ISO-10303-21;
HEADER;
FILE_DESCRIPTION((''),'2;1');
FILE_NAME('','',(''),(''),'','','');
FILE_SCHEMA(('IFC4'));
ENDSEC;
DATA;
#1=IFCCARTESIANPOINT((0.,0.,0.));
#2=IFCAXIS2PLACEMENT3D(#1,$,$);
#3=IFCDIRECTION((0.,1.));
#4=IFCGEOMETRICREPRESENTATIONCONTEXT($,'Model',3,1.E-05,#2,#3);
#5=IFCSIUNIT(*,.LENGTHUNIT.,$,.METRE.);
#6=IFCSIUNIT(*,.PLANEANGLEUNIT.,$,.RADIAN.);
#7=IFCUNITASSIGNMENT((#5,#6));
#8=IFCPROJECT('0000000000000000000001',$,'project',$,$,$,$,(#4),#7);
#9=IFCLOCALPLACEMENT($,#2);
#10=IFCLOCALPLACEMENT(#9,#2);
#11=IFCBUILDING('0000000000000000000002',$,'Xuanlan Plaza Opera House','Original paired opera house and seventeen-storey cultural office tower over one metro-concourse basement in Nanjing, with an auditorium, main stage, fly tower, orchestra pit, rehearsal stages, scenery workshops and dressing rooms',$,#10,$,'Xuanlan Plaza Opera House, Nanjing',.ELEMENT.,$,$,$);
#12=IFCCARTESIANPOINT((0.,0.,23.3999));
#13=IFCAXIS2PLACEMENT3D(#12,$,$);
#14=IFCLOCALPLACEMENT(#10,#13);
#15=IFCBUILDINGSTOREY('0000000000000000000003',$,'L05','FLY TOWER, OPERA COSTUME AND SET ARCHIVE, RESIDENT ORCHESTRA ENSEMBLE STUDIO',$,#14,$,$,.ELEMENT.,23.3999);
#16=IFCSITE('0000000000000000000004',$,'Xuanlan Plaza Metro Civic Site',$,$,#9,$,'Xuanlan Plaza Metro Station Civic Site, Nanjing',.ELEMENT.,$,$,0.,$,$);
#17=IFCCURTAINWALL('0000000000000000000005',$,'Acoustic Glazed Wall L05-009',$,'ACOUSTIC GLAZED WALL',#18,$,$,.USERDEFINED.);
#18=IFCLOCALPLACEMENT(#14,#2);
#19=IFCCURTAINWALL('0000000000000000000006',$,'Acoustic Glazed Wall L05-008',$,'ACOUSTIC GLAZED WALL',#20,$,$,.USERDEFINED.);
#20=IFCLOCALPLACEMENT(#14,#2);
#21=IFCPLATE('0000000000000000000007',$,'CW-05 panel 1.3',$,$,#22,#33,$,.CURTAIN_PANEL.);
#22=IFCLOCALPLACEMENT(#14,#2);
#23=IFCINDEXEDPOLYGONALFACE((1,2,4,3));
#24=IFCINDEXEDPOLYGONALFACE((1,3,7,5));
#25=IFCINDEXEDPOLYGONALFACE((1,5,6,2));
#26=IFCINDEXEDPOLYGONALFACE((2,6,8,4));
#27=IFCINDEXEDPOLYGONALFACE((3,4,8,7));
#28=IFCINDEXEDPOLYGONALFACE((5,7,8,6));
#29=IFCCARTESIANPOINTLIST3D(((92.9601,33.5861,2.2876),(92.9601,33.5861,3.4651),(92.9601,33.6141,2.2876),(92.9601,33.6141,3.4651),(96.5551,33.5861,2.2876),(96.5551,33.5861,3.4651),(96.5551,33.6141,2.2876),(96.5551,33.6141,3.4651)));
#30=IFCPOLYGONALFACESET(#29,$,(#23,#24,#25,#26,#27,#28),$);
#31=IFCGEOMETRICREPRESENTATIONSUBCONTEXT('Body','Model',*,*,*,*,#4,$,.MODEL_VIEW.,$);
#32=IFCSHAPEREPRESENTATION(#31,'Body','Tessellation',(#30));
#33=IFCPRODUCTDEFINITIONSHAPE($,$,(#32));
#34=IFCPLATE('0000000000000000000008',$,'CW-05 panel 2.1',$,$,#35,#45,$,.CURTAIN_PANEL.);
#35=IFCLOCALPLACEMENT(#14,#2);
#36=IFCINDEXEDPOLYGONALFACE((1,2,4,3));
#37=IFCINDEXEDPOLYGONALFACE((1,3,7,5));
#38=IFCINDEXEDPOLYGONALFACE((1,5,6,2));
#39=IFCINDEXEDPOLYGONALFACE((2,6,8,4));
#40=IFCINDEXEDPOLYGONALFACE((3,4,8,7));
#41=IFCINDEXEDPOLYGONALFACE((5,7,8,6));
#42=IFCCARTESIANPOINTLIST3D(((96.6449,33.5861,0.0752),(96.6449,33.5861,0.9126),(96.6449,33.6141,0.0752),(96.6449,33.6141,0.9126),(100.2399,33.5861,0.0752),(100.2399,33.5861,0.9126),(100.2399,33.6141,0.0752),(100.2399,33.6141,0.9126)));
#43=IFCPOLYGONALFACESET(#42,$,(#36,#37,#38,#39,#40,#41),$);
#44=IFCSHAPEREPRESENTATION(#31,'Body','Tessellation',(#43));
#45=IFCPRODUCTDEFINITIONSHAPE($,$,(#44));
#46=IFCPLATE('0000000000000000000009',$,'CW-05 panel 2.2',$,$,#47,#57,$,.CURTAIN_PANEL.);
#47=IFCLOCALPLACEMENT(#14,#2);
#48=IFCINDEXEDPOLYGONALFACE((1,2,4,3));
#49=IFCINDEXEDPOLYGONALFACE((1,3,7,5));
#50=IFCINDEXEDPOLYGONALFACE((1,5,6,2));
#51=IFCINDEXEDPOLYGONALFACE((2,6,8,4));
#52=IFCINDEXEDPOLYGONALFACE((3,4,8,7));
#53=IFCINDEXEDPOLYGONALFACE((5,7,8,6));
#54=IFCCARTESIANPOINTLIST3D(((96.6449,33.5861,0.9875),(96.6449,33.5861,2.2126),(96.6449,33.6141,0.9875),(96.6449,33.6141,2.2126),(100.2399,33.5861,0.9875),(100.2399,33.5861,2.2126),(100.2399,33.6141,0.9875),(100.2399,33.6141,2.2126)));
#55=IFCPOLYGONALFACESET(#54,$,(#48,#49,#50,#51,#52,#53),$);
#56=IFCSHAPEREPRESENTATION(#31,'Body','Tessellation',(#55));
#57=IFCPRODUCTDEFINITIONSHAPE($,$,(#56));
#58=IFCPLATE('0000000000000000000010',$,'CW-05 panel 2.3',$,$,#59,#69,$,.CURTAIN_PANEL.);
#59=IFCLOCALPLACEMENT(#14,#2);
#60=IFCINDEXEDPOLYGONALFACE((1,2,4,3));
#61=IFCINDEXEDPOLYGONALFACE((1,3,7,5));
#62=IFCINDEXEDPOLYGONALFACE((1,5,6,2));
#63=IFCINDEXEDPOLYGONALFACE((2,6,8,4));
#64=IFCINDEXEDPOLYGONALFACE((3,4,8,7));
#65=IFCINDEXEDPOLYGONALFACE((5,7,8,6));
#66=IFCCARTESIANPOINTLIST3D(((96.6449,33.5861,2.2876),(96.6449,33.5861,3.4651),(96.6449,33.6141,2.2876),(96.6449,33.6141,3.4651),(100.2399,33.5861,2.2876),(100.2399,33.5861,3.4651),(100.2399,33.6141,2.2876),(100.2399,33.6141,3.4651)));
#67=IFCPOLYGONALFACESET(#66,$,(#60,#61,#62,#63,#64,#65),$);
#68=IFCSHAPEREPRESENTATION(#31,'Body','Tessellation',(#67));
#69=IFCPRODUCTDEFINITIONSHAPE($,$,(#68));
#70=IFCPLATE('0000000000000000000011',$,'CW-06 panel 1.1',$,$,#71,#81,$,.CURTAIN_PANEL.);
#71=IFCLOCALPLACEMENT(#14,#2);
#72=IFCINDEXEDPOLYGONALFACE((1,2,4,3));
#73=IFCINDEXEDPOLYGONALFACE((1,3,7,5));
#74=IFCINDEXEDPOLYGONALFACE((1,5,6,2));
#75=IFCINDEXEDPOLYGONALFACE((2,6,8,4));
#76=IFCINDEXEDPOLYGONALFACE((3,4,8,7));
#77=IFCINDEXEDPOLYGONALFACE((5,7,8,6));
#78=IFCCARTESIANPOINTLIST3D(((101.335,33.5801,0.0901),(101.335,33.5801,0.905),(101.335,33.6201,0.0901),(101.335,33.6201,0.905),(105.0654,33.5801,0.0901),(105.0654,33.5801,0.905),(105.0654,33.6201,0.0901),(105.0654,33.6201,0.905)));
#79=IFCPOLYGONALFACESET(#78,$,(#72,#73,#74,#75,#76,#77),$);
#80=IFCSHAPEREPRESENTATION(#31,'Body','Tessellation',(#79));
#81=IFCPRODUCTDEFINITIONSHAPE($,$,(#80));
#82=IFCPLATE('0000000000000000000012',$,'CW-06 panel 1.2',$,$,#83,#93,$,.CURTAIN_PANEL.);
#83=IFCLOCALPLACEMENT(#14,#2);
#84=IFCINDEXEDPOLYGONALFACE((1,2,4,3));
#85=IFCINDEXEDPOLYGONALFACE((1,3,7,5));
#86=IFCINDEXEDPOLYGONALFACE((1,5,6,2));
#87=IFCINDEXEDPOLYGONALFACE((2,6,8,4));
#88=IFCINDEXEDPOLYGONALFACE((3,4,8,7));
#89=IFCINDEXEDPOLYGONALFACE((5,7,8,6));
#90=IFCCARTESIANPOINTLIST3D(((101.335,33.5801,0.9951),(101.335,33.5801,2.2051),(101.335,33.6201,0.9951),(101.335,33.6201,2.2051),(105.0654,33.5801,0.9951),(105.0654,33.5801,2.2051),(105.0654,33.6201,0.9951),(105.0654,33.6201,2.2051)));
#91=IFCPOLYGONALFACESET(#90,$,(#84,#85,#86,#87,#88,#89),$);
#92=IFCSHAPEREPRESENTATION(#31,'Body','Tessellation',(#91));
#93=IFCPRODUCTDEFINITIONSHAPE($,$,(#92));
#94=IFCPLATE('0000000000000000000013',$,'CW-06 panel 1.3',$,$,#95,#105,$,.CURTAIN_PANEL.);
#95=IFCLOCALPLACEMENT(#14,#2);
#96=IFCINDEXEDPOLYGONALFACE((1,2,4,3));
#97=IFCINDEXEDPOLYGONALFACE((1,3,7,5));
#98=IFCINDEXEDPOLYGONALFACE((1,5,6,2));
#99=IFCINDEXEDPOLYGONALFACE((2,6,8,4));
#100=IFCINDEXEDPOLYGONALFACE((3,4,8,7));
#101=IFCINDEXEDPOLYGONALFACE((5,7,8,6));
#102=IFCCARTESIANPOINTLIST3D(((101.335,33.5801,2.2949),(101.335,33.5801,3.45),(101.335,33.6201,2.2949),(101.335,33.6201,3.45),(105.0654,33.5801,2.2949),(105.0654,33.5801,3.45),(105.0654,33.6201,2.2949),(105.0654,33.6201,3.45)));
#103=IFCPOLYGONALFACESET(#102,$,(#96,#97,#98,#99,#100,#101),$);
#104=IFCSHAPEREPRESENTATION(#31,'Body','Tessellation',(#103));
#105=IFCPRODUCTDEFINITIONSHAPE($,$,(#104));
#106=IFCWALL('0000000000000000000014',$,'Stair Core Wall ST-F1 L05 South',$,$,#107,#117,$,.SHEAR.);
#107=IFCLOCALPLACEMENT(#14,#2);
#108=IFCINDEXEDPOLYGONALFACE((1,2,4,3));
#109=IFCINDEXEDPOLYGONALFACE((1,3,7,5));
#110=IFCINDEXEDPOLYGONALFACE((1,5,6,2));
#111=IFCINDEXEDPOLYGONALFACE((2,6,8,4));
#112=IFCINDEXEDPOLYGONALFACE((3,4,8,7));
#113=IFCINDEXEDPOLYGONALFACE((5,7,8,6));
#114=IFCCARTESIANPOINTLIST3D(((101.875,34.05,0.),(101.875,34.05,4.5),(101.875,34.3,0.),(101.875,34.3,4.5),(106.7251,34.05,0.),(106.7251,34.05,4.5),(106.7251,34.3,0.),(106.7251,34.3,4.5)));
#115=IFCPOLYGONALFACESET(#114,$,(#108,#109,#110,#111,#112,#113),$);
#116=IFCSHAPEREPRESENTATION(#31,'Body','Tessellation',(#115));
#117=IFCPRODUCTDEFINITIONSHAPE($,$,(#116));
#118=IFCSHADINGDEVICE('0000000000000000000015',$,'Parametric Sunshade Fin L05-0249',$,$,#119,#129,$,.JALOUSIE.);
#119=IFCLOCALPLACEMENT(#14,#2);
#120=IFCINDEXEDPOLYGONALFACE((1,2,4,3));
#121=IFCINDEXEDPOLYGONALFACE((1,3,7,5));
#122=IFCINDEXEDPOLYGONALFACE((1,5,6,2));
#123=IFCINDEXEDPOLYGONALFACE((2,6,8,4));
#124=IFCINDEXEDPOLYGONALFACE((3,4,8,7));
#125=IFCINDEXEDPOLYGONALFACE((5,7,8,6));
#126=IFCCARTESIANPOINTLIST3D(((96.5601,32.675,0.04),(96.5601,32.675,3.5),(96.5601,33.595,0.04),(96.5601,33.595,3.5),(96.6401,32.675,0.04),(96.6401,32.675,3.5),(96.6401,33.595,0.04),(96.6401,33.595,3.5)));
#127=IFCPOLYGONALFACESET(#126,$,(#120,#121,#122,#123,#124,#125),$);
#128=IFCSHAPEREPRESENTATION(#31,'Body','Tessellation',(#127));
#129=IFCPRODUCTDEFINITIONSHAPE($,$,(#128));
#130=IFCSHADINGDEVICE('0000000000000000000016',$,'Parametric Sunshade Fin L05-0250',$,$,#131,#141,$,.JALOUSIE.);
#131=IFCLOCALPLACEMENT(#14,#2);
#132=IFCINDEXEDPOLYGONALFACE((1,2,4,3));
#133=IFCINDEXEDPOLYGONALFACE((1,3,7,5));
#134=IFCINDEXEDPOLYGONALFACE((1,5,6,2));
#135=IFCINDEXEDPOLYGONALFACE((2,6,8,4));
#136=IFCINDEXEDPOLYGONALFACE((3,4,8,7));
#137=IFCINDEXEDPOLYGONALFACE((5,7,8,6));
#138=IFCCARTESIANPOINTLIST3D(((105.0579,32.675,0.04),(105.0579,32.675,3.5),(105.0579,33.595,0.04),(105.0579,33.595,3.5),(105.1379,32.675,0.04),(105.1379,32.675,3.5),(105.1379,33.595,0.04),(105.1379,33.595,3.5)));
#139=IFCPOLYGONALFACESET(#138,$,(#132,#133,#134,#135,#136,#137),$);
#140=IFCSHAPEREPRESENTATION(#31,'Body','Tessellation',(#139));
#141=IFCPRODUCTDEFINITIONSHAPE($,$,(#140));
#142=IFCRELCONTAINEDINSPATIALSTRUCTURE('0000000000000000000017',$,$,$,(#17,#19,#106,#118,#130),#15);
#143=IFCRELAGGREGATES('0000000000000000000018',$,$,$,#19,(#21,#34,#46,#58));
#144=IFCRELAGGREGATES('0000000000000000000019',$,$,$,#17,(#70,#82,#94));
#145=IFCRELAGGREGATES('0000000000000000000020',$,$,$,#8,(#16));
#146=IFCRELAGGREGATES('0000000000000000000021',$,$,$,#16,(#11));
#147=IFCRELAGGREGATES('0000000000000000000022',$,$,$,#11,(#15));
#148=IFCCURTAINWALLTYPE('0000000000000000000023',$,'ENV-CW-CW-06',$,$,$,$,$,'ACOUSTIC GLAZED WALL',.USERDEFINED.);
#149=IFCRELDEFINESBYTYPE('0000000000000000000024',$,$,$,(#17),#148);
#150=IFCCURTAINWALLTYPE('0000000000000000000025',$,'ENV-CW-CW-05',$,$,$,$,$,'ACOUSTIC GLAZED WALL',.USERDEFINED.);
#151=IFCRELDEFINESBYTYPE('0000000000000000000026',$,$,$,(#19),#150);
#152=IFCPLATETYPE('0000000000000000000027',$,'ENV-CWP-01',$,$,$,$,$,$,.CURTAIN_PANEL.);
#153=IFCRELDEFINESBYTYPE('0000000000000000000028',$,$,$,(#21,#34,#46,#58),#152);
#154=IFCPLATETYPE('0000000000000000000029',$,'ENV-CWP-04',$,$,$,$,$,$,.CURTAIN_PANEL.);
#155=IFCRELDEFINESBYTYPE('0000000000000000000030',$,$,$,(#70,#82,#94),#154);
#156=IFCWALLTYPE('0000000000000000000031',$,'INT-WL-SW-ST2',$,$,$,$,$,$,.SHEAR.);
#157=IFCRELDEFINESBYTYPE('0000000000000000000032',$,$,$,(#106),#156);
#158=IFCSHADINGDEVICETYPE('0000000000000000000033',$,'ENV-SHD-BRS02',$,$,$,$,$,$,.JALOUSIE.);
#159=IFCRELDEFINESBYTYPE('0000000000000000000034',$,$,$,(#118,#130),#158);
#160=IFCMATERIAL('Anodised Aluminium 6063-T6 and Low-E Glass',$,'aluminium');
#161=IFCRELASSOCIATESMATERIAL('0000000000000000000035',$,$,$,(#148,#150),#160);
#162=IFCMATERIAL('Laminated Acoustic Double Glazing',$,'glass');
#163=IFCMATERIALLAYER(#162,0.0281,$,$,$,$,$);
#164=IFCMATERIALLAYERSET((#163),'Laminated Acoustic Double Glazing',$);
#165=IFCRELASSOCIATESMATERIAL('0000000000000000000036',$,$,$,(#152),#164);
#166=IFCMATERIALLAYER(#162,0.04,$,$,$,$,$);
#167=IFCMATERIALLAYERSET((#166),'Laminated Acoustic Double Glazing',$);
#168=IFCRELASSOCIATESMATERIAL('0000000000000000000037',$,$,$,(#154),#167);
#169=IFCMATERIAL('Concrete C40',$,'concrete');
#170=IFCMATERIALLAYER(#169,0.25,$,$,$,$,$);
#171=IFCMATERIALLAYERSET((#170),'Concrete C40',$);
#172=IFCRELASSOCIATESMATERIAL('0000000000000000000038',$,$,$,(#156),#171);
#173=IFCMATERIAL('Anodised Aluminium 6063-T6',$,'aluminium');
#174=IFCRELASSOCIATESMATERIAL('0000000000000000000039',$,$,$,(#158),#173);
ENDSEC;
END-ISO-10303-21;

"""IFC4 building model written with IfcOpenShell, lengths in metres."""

from ifc_helpers import new_model, si_unit, direction, frame, frame_2d, origin, origin_2d, place, context, subcontext, project, spatial, rectangle, extrude, material, layer, layer_set, type_object, element, aggregate, save


model = new_model("IFC4")

# Units and contexts
model_context = context("Model", 3, precision=1e-05, world=origin(), true_north=direction((0.0, 1.0)))
body_context = subcontext(model_context, "Body", "Model", "MODEL_VIEW")
ifc_project = project(units=[si_unit("LENGTHUNIT", "METRE"), si_unit("PLANEANGLEUNIT", "RADIAN")], contexts=[model_context])

# Site, building, storey
site_placement = place(None, origin())
site = spatial("IfcSite", under=ifc_project, at=site_placement, Name="Xuanlan Plaza Metro Civic Site", LongName="Xuanlan Plaza Metro Station Civic Site, Nanjing", CompositionType="ELEMENT", RefElevation=0.0)
building_placement = place(site_placement, origin())
building = spatial("IfcBuilding", under=site, at=building_placement, Name="Xuanlan Plaza Opera House", Description="Original paired opera house and seventeen-storey cultural office tower over one metro-concourse basement in Nanjing, with an auditorium, main stage, fly tower, orchestra pit, rehearsal stages, scenery workshops and dressing rooms", LongName="Xuanlan Plaza Opera House, Nanjing", CompositionType="ELEMENT")
storey_placement = place(building_placement, frame((0.0, 0.0, 23.3999)))
storey = spatial("IfcBuildingStorey", under=building, at=storey_placement, Name="L05", Description="FLY TOWER, OPERA COSTUME AND SET ARCHIVE, RESIDENT ORCHESTRA ENSEMBLE STUDIO", CompositionType="ELEMENT", Elevation=23.3999)

# Curtain walls
ifc_material_1 = material(Name="Anodised Aluminium 6063-T6 and Low-E Glass", Category="aluminium")
curtain_wall_type_1 = type_object("IfcCurtainWallType", Name="ENV-CW-CW-06", ElementType="ACOUSTIC GLAZED WALL", PredefinedType="USERDEFINED", material=ifc_material_1)
curtain_wall_1_placement = place(storey_placement, origin())
curtain_wall_1 = element("IfcCurtainWall", 1, at=curtain_wall_1_placement, inside=storey, type_object=curtain_wall_type_1, Name="Acoustic Glazed Wall L05-009", ObjectType="ACOUSTIC GLAZED WALL", PredefinedType="USERDEFINED")
ifc_material_2 = material(Name="Anodised Aluminium 6063-T6", Category="aluminium")
curtain_wall_type_2 = type_object("IfcCurtainWallType", Name="ENV-CW-CW-05", ElementType="ACOUSTIC GLAZED WALL", PredefinedType="USERDEFINED", material=ifc_material_1)
curtain_wall_2_placement = place(storey_placement, origin())
curtain_wall_2 = element("IfcCurtainWall", 2, at=curtain_wall_2_placement, inside=storey, type_object=curtain_wall_type_2, Name="Acoustic Glazed Wall L05-008", ObjectType="ACOUSTIC GLAZED WALL", PredefinedType="USERDEFINED")

# Shared definitions
ifc_material_3 = material(Name="Concrete C40", Category="concrete")

# Plates
ifc_material_4 = material(Name="Laminated Acoustic Double Glazing", Category="glass")
ifc_layer_1 = layer(ifc_material_4, 0.0281)
ifc_layer_set_1 = layer_set([ifc_layer_1], Name="Laminated Acoustic Double Glazing")
plate_type_1 = type_object("IfcPlateType", Name="ENV-CWP-01", PredefinedType="CURTAIN_PANEL", material=ifc_layer_set_1)
plate_1_placement = place(storey_placement, frame((94.7576, 33.6001, 2.2876), z_axis=(0.0, 0.0, 1.0), x_axis=(1.0, 0.0, 0.0)))
plate_1 = element("IfcPlate", 3, at=plate_1_placement, type_object=plate_type_1, Name="CW-05 panel 1.3", PredefinedType="CURTAIN_PANEL", context=body_context, shape_type="SweptSolid", body=[
    extrude(rectangle(XDim=3.595, YDim=0.0281, at=origin_2d()), origin(), (0.0, 0.0, 1.0), 1.1775),
])
plate_2_placement = place(storey_placement, frame((98.4424, 33.6001, 0.0752), z_axis=(0.0, 0.0, 1.0), x_axis=(1.0, 0.0, 0.0)))
plate_2 = element("IfcPlate", 4, at=plate_2_placement, type_object=plate_type_1, Name="CW-05 panel 2.1", PredefinedType="CURTAIN_PANEL", context=body_context, shape_type="SweptSolid", body=[
    extrude(rectangle(XDim=3.595, YDim=0.0281, at=origin_2d()), origin(), (0.0, 0.0, 1.0), 0.8374),
])
plate_3_placement = place(storey_placement, frame((98.4424, 33.6001, 0.9875), z_axis=(0.0, 0.0, 1.0), x_axis=(1.0, 0.0, 0.0)))
plate_3 = element("IfcPlate", 5, at=plate_3_placement, type_object=plate_type_1, Name="CW-05 panel 2.2", PredefinedType="CURTAIN_PANEL", context=body_context, shape_type="SweptSolid", body=[
    extrude(rectangle(XDim=3.595, YDim=0.0281, at=origin_2d()), origin(), (0.0, 0.0, 1.0), 1.2251),
])
plate_4_placement = place(storey_placement, frame((98.4424, 33.6001, 2.2876), z_axis=(0.0, 0.0, 1.0), x_axis=(1.0, 0.0, 0.0)))
plate_4 = element("IfcPlate", 6, at=plate_4_placement, type_object=plate_type_1, Name="CW-05 panel 2.3", PredefinedType="CURTAIN_PANEL", context=body_context, shape_type="SweptSolid", body=[
    extrude(rectangle(XDim=3.595, YDim=0.0281, at=origin_2d()), origin(), (0.0, 0.0, 1.0), 1.1775),
])
aggregate(curtain_wall_2, [plate_1, plate_2, plate_3, plate_4])
ifc_layer_2 = layer(ifc_material_4, 0.04)
ifc_layer_set_2 = layer_set([ifc_layer_2], Name="Laminated Acoustic Double Glazing")
plate_type_2 = type_object("IfcPlateType", Name="ENV-CWP-04", PredefinedType="CURTAIN_PANEL", material=ifc_layer_set_2)
plate_5_placement = place(storey_placement, frame((103.2002, 33.6001, 0.0901), z_axis=(0.0, 0.0, 1.0), x_axis=(1.0, 0.0, 0.0)))
plate_5 = element("IfcPlate", 7, at=plate_5_placement, type_object=plate_type_2, Name="CW-06 panel 1.1", PredefinedType="CURTAIN_PANEL", context=body_context, shape_type="SweptSolid", body=[
    extrude(rectangle(XDim=3.7305, YDim=0.04, at=origin_2d()), origin(), (0.0, 0.0, 1.0), 0.8149),
])
plate_6_placement = place(storey_placement, frame((103.2002, 33.6001, 0.9951), z_axis=(0.0, 0.0, 1.0), x_axis=(1.0, 0.0, 0.0)))
plate_6 = element("IfcPlate", 8, at=plate_6_placement, type_object=plate_type_2, Name="CW-06 panel 1.2", PredefinedType="CURTAIN_PANEL", context=body_context, shape_type="SweptSolid", body=[
    extrude(rectangle(XDim=3.7305, YDim=0.04, at=origin_2d()), origin(), (0.0, 0.0, 1.0), 1.21),
])
plate_7_placement = place(storey_placement, frame((103.2002, 33.6001, 2.2949), z_axis=(0.0, 0.0, 1.0), x_axis=(1.0, 0.0, 0.0)))
plate_7 = element("IfcPlate", 9, at=plate_7_placement, type_object=plate_type_2, Name="CW-06 panel 1.3", PredefinedType="CURTAIN_PANEL", context=body_context, shape_type="SweptSolid", body=[
    extrude(rectangle(XDim=3.7305, YDim=0.04, at=origin_2d()), origin(), (0.0, 0.0, 1.0), 1.155),
])
aggregate(curtain_wall_1, [plate_5, plate_6, plate_7])

# Wall
ifc_layer_3 = layer(ifc_material_3, 0.25)
ifc_layer_set_3 = layer_set([ifc_layer_3], Name="Concrete C40")
wall_type = type_object("IfcWallType", Name="INT-WL-SW-ST2", PredefinedType="SHEAR", material=ifc_layer_set_3)
wall_placement = place(storey_placement, frame((101.875, 34.175, 0.0), z_axis=(0.0, 0.0, 1.0), x_axis=(1.0, 0.0, 0.0)))
element("IfcWall", 10, at=wall_placement, inside=storey, type_object=wall_type, Name="Stair Core Wall ST-F1 L05 South", PredefinedType="SHEAR", context=body_context, shape_type="SweptSolid", body=[
    extrude(rectangle(XDim=4.8501, YDim=0.25, at=frame_2d((2.425, 0.0))), origin(), (0.0, 0.0, 1.0), 4.5),
])

# Shading devices
shading_device_type = type_object("IfcShadingDeviceType", Name="ENV-SHD-BRS02", PredefinedType="JALOUSIE", material=ifc_material_2)
for number, where, z_axis, x_axis, name in (
    (11, (96.6001, 33.135, 0.04), (0.0, 0.0, 1.0), (0.0, -1.0, 0.0), "Parametric Sunshade Fin L05-0249"),
    (12, (105.0979, 33.135, 0.04), (0.0, 0.0, 1.0), (0.0, -1.0, 0.0), "Parametric Sunshade Fin L05-0250"),
):
    element("IfcShadingDevice", number, at=place(storey_placement, frame(where, z_axis=z_axis, x_axis=x_axis)), inside=storey, type_object=shading_device_type, Name=name, PredefinedType="JALOUSIE", context=body_context, shape_type="SweptSolid", body=[
        extrude(rectangle(XDim=0.9199, YDim=0.0801, at=origin_2d()), origin(), (0.0, 0.0, 1.0), 3.46),
    ])

save(model, "model.ifc")
